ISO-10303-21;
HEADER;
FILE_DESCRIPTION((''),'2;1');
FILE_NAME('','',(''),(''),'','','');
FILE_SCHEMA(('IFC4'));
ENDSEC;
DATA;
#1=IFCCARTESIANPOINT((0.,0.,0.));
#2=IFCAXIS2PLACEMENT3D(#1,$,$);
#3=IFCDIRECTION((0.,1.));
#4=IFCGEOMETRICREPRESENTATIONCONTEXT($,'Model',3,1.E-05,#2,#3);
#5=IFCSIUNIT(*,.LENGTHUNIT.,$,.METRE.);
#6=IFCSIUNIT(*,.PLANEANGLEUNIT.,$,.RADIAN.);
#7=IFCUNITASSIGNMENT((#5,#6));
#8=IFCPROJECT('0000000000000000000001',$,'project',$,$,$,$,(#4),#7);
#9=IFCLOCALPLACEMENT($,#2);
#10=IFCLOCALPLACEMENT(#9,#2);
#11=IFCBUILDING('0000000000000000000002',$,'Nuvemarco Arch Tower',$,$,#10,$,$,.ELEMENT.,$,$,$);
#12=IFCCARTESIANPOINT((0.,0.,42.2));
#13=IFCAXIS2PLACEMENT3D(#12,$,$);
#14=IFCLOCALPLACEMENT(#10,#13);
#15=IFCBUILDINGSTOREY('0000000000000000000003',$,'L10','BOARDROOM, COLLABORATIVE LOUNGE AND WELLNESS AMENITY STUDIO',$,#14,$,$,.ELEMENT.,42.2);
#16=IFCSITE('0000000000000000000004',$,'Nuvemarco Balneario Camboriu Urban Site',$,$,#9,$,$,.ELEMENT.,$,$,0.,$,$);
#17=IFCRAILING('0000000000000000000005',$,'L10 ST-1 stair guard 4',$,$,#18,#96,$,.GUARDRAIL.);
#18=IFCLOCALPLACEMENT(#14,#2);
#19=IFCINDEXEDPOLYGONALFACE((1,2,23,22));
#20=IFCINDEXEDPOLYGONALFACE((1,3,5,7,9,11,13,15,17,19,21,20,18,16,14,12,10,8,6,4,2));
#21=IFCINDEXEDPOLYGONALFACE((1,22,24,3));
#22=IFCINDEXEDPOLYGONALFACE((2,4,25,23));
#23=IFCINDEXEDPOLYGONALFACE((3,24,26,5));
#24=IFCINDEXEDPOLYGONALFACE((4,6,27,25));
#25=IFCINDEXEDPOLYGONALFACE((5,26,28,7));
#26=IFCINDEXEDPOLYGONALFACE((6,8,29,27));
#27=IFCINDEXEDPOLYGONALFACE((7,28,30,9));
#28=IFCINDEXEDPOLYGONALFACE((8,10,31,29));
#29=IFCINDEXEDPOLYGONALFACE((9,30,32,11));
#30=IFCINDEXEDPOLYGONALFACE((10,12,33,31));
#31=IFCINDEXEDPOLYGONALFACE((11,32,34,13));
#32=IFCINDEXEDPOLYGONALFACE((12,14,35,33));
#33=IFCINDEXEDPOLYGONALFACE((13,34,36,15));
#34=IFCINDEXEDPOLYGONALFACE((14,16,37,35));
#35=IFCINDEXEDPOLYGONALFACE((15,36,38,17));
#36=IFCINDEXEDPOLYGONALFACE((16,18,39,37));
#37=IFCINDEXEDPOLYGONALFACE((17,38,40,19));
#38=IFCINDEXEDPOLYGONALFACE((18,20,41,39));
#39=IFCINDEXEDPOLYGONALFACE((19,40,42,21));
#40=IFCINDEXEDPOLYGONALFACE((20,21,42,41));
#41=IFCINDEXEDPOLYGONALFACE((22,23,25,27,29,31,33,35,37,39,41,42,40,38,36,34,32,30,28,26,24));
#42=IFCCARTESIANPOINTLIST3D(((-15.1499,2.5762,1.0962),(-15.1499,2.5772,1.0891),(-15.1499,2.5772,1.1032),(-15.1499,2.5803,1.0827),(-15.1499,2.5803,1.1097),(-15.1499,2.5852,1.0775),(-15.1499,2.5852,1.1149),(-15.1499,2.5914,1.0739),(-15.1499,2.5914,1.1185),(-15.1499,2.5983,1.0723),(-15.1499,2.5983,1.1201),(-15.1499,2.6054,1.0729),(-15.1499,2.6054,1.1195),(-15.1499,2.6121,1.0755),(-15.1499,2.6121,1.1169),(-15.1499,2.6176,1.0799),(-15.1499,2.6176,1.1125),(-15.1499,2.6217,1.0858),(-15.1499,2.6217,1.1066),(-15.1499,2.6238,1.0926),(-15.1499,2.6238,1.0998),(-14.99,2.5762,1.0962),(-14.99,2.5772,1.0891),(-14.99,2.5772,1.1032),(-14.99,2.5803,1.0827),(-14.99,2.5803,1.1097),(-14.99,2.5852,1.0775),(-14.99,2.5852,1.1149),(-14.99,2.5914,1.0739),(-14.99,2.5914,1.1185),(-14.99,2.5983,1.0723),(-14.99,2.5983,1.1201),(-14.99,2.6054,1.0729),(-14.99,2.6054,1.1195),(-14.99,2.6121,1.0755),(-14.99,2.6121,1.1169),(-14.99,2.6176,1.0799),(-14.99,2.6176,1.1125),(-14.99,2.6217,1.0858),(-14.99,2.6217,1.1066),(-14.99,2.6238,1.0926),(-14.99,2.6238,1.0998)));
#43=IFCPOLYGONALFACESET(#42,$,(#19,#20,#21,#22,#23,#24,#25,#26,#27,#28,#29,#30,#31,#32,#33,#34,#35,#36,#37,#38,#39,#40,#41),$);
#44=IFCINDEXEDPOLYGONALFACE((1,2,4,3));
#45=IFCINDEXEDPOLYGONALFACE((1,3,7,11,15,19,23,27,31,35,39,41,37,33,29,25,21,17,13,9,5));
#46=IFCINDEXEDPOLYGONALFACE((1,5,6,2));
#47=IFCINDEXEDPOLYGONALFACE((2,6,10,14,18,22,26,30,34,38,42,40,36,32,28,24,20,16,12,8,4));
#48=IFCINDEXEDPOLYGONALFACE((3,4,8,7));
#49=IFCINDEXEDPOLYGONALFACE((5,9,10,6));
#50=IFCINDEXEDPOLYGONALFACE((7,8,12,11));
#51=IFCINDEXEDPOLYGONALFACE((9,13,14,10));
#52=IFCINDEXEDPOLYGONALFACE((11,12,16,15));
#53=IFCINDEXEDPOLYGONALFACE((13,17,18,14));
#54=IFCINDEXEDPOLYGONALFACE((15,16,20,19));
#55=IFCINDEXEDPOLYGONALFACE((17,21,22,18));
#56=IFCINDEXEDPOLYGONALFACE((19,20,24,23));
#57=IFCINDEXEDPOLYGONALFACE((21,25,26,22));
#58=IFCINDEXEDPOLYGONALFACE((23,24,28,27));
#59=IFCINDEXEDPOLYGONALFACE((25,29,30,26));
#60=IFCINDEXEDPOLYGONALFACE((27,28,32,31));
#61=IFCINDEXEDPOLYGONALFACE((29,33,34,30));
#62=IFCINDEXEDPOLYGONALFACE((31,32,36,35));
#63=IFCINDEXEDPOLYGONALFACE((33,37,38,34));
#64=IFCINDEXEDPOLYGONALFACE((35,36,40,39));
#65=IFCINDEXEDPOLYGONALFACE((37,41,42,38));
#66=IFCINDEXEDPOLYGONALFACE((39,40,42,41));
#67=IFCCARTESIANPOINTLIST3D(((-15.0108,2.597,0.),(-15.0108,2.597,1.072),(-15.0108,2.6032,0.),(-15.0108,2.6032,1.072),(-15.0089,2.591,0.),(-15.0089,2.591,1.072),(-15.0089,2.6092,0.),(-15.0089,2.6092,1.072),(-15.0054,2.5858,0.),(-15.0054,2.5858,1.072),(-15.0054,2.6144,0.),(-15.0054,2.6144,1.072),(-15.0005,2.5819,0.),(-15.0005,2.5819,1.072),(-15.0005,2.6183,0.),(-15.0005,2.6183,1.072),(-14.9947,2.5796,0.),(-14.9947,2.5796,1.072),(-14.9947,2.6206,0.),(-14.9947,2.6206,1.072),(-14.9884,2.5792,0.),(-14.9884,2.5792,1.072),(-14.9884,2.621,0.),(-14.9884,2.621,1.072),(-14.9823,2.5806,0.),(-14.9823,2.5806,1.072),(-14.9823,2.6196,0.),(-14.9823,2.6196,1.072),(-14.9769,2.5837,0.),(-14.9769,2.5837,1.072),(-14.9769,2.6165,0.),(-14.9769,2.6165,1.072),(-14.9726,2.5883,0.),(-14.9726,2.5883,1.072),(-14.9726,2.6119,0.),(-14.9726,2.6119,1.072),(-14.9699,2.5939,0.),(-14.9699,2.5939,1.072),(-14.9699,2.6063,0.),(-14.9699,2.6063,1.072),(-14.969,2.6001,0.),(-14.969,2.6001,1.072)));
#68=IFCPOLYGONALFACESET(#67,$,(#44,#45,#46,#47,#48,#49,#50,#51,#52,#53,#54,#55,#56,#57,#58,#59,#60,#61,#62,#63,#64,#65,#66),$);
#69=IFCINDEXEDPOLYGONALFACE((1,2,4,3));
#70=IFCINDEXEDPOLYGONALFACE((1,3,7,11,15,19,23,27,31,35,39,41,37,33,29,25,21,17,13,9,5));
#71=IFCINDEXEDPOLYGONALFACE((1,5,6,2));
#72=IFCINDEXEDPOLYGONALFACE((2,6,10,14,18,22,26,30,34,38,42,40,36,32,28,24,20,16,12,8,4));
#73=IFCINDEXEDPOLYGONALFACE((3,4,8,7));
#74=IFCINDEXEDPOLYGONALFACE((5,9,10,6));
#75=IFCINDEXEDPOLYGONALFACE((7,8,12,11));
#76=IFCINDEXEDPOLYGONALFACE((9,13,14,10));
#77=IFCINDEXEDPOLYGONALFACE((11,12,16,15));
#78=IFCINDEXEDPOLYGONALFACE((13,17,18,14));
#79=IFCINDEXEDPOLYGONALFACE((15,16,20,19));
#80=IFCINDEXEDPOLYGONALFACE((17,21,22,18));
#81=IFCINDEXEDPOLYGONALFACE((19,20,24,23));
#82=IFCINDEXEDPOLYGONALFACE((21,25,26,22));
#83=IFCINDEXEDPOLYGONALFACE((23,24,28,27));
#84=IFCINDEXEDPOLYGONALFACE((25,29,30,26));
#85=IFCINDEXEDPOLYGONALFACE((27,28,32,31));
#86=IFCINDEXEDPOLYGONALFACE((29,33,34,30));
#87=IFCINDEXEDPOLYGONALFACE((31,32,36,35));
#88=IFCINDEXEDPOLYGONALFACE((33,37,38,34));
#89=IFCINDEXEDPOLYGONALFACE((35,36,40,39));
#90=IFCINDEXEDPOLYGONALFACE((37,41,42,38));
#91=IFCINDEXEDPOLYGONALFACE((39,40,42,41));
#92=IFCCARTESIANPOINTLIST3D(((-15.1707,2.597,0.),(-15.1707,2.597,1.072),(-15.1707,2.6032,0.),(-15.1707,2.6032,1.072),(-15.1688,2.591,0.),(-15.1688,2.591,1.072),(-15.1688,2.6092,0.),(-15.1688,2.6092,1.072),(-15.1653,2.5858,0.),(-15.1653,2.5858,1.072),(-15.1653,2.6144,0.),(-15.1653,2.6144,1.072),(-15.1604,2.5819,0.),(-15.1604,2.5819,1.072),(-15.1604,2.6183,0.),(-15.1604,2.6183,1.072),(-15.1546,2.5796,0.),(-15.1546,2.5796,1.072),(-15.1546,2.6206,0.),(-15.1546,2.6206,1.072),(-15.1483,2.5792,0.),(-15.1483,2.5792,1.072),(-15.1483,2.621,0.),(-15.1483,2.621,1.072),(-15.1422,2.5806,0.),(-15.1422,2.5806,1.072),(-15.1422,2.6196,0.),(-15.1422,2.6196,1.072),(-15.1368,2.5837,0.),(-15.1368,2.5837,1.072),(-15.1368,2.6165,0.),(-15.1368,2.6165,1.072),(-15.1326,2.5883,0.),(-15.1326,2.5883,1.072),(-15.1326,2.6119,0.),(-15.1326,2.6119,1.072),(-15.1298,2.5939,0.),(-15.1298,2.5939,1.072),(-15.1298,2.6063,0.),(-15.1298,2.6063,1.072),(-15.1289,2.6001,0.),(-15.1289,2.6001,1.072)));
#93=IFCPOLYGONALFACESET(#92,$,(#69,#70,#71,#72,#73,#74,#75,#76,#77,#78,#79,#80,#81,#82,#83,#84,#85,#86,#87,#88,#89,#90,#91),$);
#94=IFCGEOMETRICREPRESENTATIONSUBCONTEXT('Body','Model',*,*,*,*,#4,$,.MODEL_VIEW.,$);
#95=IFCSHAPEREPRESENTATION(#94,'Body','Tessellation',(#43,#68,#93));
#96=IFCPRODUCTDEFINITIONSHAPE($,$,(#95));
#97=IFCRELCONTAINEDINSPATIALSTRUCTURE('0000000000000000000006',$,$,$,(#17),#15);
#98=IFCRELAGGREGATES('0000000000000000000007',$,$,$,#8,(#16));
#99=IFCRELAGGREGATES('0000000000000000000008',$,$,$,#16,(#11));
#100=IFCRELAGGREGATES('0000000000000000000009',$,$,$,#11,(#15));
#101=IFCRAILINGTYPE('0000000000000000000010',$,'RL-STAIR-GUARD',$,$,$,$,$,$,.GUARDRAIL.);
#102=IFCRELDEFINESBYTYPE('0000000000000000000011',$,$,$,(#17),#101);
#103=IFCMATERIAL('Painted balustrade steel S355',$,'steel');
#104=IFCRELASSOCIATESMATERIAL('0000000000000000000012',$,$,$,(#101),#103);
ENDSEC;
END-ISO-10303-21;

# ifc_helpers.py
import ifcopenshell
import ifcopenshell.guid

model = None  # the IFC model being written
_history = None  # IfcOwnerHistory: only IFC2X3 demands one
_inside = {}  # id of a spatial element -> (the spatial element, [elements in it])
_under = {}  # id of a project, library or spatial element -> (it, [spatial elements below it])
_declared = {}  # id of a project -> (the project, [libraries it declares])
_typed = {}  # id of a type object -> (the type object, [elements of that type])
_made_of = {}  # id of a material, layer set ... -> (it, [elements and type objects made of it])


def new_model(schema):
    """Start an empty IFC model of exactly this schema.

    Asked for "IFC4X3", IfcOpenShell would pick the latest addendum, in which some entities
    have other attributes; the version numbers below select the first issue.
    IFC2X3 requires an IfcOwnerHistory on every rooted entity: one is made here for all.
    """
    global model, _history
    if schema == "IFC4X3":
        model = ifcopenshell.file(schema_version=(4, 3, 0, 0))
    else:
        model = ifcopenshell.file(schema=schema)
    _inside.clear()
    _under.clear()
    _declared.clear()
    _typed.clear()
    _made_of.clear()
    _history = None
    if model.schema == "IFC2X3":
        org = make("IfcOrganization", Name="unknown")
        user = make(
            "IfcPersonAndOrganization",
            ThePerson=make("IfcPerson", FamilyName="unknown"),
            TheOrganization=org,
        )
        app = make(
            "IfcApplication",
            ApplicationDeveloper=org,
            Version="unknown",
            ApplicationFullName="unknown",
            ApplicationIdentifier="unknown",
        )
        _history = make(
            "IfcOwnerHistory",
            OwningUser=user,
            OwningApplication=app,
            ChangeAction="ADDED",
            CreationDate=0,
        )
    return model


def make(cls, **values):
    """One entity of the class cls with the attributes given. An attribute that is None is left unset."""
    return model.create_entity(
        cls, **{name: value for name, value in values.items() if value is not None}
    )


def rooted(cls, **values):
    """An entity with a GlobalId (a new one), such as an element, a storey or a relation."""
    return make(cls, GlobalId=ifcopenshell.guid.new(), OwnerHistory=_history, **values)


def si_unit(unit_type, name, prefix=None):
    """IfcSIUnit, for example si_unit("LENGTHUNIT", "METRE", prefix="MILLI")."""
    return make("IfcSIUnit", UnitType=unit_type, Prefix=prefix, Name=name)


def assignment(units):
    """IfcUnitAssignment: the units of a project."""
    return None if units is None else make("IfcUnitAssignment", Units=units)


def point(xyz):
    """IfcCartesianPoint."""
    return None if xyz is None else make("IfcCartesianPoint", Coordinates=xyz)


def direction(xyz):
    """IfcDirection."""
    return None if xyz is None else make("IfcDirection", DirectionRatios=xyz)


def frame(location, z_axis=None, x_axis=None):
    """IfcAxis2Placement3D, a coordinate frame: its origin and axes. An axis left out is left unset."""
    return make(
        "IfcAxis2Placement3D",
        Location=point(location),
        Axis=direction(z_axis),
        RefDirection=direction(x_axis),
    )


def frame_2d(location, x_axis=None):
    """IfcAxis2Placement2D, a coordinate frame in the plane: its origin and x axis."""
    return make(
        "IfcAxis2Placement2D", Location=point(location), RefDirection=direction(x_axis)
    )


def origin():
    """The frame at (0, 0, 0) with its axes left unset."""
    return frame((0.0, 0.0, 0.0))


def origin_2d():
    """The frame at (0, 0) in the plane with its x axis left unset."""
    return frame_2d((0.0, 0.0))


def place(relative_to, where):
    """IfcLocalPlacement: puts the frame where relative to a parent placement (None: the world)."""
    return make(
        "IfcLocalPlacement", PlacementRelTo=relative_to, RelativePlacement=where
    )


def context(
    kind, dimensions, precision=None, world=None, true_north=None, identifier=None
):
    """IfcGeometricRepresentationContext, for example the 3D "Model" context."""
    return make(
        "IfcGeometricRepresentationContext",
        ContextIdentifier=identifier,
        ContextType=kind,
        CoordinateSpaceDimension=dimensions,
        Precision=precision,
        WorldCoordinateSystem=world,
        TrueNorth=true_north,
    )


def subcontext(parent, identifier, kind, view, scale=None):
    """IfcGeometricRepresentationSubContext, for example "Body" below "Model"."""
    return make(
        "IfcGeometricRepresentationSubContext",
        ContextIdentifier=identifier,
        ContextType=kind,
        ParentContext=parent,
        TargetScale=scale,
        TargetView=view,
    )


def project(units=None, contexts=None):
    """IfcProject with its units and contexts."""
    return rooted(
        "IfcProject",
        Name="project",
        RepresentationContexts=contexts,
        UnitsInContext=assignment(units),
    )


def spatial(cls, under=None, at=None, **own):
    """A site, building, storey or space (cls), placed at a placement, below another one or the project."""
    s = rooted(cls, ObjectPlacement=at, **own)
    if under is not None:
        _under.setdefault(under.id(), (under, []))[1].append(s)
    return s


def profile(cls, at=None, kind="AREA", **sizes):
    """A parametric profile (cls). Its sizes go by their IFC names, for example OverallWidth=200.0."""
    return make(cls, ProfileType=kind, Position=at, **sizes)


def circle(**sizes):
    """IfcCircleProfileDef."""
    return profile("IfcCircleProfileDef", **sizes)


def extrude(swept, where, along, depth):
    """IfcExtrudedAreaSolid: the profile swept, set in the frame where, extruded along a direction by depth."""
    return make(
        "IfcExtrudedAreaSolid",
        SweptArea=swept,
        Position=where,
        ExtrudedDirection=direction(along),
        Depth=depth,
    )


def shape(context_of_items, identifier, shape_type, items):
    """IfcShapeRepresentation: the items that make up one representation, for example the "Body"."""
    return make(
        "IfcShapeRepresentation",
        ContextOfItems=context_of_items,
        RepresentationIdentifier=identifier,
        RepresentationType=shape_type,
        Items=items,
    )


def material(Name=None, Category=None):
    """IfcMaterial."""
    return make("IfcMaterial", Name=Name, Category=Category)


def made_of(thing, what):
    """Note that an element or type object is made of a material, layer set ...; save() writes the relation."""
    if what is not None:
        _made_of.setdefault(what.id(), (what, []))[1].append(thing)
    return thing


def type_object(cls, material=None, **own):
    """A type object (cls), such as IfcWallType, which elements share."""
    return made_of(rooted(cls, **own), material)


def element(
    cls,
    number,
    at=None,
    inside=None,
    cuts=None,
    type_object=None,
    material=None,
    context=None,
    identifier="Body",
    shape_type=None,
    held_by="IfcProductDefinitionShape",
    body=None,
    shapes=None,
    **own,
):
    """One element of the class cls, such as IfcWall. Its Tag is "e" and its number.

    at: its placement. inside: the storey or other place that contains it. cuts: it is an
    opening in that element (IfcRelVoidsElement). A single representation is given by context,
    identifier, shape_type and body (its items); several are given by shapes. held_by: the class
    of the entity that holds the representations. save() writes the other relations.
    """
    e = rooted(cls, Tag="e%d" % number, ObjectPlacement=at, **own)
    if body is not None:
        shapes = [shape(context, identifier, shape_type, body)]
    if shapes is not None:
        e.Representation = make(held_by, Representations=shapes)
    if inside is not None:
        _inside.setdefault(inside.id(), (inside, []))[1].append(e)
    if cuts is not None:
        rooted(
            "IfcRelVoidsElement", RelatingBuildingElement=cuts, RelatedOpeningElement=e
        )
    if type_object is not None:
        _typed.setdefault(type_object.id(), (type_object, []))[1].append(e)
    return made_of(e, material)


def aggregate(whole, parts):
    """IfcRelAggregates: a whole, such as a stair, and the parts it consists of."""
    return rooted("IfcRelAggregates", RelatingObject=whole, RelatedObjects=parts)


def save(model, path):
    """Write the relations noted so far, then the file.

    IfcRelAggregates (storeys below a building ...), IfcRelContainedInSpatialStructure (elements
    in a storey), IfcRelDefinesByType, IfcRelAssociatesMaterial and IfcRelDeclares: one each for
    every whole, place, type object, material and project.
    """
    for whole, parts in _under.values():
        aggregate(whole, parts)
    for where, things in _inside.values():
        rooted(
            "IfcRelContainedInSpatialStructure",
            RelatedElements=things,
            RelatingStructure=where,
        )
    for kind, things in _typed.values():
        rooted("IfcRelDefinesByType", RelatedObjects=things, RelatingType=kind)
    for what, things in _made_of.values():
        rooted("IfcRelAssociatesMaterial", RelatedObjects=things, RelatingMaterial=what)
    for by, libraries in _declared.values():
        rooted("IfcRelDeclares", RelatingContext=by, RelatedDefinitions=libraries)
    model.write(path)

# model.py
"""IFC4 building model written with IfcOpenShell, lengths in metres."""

from ifc_helpers import new_model, si_unit, direction, frame, origin, origin_2d, place, context, subcontext, project, spatial, circle, extrude, material, type_object, element, save


model = new_model("IFC4")

# Units and contexts
model_context = context("Model", 3, precision=1e-05, world=origin(), true_north=direction((0.0, 1.0)))
body_context = subcontext(model_context, "Body", "Model", "MODEL_VIEW")
ifc_project = project(units=[si_unit("LENGTHUNIT", "METRE"), si_unit("PLANEANGLEUNIT", "RADIAN")], contexts=[model_context])

# Site, building, storey
site_placement = place(None, origin())
site = spatial("IfcSite", under=ifc_project, at=site_placement, Name="Nuvemarco Balneario Camboriu Urban Site", CompositionType="ELEMENT", RefElevation=0.0)
building_placement = place(site_placement, origin())
building = spatial("IfcBuilding", under=site, at=building_placement, Name="Nuvemarco Arch Tower", CompositionType="ELEMENT")
storey_placement = place(building_placement, frame((0.0, 0.0, 42.2)))
storey = spatial("IfcBuildingStorey", under=building, at=storey_placement, Name="L10", Description="BOARDROOM, COLLABORATIVE LOUNGE AND WELLNESS AMENITY STUDIO", CompositionType="ELEMENT", Elevation=42.2)

# Railing
ifc_material_1 = material(Name="Painted balustrade steel S355", Category="steel")
railing_type_1 = type_object("IfcRailingType", Name="RL-STAIR-GUARD", PredefinedType="GUARDRAIL", material=ifc_material_1)
railing_1_placement = place(storey_placement, frame((-14.99, 2.6001, 0.0)))
element("IfcRailing", 1, at=railing_1_placement, inside=storey, type_object=railing_type_1, Name="L10 ST-1 stair guard 4", PredefinedType="GUARDRAIL", context=body_context, shape_type="SweptSolid", body=[
    extrude(circle(Radius=0.0239, at=origin_2d()), frame((0.0, 0.0, 1.0962), z_axis=(-1.0, 0.0, 0.0), x_axis=(0.0, -1.0, 0.0)), (0.0, 0.0, 1.0), 0.1599),
    extrude(circle(Radius=0.021, at=origin_2d()), origin(), (0.0, 0.0, 1.0), 1.072),
    extrude(circle(Radius=0.021, at=origin_2d()), frame((-0.1599, 0.0, 0.0)), (0.0, 0.0, 1.0), 1.072),
])

save(model, "model.ifc")
